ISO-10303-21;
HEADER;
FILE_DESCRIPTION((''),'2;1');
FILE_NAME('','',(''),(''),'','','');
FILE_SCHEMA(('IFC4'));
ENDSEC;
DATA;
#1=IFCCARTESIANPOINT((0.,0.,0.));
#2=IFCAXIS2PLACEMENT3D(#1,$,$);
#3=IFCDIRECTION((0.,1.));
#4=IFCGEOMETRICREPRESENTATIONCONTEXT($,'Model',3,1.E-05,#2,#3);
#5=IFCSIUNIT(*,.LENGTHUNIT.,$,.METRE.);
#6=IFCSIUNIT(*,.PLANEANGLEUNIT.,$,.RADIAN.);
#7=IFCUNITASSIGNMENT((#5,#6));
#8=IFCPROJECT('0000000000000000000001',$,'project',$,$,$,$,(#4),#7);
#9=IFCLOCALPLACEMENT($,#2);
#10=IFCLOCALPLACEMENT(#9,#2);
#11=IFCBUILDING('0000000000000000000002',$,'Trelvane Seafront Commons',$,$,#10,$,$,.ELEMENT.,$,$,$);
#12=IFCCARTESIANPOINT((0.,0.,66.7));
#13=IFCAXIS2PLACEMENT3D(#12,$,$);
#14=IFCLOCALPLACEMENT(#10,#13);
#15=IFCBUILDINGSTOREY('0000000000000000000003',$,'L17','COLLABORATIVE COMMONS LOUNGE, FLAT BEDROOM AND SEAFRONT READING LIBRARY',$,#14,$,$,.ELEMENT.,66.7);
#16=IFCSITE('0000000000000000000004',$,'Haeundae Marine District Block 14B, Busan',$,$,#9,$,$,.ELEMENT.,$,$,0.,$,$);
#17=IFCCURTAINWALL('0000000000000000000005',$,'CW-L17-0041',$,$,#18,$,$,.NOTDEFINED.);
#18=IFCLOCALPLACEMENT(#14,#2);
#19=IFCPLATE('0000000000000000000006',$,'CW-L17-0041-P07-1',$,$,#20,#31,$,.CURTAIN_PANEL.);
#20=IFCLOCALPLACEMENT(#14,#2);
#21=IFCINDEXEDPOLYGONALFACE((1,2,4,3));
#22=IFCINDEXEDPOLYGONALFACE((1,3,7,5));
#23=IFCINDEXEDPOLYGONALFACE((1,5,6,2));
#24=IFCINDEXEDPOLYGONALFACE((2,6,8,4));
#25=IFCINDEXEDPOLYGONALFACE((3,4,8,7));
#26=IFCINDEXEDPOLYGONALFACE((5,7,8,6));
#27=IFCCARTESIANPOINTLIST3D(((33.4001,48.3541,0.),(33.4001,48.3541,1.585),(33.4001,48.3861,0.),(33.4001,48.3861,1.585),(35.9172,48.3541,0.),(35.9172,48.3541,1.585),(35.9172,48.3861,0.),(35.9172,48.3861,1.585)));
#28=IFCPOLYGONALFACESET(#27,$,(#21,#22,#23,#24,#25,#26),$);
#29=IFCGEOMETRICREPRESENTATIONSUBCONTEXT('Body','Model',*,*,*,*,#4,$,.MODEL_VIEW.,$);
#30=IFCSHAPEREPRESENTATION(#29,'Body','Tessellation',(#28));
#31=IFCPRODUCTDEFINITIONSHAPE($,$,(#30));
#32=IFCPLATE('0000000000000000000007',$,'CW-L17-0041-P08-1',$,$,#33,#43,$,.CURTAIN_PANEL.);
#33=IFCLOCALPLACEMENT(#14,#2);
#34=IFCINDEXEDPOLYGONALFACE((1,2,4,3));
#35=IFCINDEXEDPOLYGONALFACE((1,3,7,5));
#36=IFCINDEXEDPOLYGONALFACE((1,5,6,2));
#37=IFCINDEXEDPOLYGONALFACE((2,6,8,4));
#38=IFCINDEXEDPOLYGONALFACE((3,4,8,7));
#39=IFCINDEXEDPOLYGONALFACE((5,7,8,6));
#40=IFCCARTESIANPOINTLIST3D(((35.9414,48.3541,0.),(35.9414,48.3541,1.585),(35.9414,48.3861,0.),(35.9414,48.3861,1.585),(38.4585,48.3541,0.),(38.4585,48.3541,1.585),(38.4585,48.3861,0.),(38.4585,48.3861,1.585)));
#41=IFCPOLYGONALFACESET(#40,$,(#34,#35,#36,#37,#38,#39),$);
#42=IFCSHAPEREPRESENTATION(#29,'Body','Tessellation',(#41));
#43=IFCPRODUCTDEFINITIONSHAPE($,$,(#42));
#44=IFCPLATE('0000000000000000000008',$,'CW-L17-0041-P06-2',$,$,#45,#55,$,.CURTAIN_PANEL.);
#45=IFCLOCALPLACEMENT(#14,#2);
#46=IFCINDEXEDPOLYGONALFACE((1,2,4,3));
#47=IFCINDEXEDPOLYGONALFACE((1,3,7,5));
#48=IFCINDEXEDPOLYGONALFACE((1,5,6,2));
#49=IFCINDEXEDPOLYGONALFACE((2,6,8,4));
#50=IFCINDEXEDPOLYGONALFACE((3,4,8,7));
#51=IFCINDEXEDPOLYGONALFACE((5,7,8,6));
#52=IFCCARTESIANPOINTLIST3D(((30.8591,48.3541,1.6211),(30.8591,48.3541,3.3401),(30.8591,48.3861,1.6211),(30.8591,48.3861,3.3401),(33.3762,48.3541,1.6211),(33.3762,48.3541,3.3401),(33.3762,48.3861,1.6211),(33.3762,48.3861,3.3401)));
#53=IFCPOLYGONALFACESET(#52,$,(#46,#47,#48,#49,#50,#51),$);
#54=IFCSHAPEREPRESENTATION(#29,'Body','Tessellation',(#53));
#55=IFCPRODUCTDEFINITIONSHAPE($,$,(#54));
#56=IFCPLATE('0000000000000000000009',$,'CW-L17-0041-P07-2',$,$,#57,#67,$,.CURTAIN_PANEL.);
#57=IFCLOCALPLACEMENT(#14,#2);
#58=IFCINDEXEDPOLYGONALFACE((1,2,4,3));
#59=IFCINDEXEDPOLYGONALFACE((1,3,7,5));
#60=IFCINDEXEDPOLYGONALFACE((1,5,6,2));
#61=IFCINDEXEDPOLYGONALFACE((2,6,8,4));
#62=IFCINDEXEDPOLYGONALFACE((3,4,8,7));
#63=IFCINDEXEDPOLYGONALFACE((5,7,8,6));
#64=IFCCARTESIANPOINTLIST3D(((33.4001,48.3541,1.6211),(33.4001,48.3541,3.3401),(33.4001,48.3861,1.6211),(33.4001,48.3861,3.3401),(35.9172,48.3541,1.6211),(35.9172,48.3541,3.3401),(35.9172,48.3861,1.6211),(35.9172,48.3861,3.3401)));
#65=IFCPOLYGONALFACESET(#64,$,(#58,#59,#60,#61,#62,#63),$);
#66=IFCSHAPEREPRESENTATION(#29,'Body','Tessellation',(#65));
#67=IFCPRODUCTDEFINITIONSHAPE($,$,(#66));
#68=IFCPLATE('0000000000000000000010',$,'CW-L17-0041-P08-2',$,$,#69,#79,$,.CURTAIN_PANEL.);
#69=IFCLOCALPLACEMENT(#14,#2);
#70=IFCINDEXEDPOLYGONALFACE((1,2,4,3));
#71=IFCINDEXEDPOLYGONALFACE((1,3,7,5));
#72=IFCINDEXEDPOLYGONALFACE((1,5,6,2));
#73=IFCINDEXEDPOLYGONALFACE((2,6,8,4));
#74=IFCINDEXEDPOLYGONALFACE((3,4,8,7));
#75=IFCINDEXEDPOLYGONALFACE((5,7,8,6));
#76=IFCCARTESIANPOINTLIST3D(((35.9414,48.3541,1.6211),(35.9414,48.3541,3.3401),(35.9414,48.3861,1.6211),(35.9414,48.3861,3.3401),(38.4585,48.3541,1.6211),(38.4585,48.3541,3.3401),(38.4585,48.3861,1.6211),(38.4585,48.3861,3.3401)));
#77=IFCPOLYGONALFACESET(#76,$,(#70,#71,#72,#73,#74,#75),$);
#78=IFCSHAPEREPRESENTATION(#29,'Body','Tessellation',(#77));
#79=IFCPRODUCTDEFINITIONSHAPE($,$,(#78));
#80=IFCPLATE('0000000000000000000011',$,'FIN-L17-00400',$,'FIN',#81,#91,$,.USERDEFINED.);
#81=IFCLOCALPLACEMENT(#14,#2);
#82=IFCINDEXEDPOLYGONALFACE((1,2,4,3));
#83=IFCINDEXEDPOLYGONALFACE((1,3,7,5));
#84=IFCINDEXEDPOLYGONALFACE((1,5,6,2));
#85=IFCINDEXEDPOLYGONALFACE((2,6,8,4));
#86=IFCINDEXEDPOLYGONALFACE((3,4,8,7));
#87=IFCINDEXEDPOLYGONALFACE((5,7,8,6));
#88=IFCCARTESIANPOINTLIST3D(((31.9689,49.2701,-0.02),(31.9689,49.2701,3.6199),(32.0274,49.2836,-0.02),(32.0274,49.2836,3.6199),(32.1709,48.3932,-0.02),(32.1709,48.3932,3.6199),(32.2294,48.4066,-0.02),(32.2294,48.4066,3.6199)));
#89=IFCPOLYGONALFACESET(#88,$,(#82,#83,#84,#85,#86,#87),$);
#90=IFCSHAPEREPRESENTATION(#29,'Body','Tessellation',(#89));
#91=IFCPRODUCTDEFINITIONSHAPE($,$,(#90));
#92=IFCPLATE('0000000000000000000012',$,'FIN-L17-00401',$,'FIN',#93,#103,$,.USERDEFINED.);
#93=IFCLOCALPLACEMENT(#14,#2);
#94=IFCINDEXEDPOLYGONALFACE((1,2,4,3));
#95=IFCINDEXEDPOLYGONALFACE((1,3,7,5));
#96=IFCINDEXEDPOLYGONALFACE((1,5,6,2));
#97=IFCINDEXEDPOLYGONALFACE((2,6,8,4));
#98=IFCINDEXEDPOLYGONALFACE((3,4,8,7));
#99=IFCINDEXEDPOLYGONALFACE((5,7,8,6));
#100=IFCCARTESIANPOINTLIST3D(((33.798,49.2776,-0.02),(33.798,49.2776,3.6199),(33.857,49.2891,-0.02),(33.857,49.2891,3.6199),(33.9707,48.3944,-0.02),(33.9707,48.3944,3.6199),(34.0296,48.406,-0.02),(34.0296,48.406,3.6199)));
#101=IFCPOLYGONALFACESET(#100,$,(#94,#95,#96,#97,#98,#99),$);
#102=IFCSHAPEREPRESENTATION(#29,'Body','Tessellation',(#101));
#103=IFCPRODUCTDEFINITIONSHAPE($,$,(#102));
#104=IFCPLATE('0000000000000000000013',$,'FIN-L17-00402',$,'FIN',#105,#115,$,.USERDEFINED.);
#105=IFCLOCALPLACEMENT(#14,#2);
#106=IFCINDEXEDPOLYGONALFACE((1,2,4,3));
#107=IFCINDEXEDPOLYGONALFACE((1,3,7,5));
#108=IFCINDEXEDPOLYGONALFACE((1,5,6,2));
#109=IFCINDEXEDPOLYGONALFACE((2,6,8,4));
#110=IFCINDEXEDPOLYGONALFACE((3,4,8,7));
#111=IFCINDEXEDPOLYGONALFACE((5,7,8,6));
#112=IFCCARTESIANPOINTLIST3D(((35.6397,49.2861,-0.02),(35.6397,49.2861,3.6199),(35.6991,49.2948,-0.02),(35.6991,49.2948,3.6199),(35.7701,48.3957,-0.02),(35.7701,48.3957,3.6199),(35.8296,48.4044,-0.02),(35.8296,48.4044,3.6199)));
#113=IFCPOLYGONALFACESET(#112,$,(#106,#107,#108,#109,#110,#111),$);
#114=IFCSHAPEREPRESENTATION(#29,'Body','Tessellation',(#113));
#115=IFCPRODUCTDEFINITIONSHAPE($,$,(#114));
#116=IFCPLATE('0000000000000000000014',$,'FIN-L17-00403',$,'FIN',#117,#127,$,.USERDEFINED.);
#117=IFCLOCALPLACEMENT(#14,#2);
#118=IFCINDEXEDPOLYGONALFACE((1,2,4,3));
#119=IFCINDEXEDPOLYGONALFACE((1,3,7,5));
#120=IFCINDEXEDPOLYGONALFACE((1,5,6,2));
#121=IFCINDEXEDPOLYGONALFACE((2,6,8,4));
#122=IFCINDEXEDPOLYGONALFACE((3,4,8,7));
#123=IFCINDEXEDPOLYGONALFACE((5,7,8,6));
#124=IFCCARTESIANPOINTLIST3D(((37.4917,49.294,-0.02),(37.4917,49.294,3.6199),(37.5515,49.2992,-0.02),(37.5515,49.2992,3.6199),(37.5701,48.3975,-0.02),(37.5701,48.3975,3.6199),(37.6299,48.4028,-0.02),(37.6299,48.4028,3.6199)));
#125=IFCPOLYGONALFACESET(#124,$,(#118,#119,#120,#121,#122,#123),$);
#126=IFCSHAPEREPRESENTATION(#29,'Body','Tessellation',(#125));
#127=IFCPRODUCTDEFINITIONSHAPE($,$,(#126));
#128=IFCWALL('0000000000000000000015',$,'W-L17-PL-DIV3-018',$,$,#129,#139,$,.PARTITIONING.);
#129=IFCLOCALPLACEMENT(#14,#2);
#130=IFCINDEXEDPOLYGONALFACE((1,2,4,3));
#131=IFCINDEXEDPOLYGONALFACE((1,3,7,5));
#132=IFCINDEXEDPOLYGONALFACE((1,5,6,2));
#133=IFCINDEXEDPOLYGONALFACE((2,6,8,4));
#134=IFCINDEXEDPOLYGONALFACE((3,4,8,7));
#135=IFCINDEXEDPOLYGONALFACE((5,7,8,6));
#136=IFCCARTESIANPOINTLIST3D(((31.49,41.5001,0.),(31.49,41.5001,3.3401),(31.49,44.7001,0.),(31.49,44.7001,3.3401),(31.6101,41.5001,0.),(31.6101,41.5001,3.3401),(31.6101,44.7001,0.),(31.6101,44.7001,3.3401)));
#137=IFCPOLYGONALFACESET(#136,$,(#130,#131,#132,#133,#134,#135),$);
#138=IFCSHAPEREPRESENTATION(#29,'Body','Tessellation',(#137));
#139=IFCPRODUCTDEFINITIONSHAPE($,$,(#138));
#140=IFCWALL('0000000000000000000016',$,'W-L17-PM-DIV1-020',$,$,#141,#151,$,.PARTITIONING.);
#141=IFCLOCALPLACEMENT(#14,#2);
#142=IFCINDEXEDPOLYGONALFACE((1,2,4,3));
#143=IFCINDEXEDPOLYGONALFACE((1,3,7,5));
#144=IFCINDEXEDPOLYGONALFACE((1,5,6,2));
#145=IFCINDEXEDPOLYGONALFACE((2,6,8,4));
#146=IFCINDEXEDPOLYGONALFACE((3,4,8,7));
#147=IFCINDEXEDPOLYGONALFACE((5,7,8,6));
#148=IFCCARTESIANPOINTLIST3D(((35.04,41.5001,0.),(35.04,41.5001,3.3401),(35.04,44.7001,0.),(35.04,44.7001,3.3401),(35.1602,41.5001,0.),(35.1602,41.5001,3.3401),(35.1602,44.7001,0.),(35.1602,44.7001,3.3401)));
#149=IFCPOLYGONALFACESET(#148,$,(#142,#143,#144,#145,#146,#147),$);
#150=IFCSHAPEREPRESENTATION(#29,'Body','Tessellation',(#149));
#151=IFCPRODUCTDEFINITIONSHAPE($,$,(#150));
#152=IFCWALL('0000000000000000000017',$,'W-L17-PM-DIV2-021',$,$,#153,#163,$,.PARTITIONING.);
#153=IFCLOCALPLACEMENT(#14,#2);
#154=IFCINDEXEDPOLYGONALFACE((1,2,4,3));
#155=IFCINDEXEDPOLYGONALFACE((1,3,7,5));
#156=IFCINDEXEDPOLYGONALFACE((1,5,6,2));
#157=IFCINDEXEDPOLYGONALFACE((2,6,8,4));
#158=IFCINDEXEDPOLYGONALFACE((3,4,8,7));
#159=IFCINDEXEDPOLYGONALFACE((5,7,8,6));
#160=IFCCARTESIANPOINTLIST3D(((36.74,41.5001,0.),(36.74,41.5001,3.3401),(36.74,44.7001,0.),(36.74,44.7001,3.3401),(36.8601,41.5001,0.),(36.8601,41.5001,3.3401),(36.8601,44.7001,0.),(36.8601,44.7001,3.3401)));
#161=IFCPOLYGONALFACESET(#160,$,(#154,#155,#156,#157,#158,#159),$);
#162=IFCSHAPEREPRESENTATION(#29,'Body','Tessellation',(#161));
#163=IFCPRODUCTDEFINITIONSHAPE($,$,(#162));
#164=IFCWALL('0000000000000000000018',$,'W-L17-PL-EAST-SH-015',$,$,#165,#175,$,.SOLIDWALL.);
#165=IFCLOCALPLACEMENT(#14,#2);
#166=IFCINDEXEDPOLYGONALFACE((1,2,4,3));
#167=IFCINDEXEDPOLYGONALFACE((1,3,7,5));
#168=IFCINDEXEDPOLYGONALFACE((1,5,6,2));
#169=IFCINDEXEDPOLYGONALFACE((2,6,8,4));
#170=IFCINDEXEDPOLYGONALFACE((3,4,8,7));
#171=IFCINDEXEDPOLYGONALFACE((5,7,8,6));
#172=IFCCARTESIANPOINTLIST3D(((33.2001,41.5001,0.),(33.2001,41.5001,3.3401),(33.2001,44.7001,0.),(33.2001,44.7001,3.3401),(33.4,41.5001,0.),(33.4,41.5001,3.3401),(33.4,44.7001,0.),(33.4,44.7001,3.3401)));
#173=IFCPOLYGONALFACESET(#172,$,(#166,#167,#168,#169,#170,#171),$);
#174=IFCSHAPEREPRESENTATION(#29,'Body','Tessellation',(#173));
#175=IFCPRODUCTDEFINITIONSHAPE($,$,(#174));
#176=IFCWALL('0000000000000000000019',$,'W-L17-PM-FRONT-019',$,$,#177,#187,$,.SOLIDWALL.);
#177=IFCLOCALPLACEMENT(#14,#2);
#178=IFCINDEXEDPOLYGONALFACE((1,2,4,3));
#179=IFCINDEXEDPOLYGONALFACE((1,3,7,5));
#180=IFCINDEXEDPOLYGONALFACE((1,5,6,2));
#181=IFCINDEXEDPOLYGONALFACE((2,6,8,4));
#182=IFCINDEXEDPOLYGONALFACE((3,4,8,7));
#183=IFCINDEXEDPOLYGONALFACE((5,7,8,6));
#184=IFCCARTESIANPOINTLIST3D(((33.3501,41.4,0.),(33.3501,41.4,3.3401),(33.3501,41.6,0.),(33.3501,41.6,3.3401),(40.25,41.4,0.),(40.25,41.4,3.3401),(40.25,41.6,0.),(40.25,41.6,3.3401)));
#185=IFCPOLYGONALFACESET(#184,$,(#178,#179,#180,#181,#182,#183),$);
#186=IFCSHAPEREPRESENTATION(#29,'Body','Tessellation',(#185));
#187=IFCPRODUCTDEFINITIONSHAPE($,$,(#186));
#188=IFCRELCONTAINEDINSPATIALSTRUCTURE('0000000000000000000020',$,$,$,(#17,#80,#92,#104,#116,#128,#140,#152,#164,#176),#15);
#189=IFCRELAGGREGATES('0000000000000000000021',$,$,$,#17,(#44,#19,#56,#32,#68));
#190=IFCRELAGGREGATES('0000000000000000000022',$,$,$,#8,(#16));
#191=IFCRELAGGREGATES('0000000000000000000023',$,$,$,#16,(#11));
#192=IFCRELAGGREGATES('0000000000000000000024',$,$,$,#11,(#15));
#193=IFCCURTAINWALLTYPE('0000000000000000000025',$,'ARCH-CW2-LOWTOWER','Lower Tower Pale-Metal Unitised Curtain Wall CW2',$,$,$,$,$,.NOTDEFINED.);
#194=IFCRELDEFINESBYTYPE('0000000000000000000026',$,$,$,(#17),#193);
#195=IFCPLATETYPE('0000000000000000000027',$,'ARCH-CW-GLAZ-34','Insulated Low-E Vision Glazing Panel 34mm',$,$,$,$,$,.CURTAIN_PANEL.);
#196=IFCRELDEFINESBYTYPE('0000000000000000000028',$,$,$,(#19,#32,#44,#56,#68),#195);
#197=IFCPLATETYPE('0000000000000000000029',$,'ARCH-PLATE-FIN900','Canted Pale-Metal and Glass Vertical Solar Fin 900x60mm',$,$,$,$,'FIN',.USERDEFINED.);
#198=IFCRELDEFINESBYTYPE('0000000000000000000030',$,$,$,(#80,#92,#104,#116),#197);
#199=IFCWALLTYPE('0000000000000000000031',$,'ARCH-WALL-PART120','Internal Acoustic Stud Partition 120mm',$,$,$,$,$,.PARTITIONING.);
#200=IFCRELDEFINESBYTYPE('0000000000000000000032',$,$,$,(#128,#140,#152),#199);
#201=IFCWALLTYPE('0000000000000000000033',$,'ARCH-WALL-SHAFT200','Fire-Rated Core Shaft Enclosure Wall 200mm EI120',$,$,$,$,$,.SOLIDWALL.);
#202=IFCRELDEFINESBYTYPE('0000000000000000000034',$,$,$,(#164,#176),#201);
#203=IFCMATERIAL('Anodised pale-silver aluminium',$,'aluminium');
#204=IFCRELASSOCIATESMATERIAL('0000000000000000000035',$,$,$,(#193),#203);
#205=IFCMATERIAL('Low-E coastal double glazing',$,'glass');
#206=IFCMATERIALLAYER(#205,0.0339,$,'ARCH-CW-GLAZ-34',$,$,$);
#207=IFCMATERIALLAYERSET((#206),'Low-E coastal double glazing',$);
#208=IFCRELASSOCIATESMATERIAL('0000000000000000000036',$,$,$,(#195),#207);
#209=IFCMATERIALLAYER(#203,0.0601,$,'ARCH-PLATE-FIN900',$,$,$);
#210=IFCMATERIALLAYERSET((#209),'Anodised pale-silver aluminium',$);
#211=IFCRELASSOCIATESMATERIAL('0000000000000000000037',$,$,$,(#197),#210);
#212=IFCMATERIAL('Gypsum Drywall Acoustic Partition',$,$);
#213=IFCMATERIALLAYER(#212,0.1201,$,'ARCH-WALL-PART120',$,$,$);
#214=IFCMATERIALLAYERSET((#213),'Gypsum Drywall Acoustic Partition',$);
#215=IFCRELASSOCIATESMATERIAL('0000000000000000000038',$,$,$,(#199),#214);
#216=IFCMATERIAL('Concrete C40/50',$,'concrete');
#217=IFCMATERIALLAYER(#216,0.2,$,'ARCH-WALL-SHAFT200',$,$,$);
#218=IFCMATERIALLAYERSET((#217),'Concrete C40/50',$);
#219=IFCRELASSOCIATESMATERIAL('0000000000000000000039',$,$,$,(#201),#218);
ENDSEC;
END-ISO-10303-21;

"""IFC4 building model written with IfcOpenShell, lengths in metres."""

from ifc_helpers import new_model, si_unit, direction, frame, frame_2d, origin, origin_2d, place, context, subcontext, project, spatial, rectangle, extrude, source, transform, mapped, material, layer, layer_set, type_object, element, aggregate, save


model = new_model("IFC4")

# Units and contexts
model_context = context("Model", 3, precision=1e-05, world=origin(), true_north=direction((0.0, 1.0)))
body_context = subcontext(model_context, "Body", "Model", "MODEL_VIEW")
ifc_project = project(units=[si_unit("LENGTHUNIT", "METRE"), si_unit("PLANEANGLEUNIT", "RADIAN")], contexts=[model_context])

# Site, building, storey
site_placement = place(None, origin())
site = spatial("IfcSite", under=ifc_project, at=site_placement, Name="Haeundae Marine District Block 14B, Busan", CompositionType="ELEMENT", RefElevation=0.0)
building_placement = place(site_placement, origin())
building = spatial("IfcBuilding", under=site, at=building_placement, Name="Trelvane Seafront Commons", CompositionType="ELEMENT")
storey_placement = place(building_placement, frame((0.0, 0.0, 66.7)))
storey = spatial("IfcBuildingStorey", under=building, at=storey_placement, Name="L17", Description="COLLABORATIVE COMMONS LOUNGE, FLAT BEDROOM AND SEAFRONT READING LIBRARY", CompositionType="ELEMENT", Elevation=66.7)

# Curtain wall, plates
ifc_material_1 = material(Name="Anodised pale-silver aluminium", Category="aluminium")
curtain_wall_type = type_object("IfcCurtainWallType", Name="ARCH-CW2-LOWTOWER", Description="Lower Tower Pale-Metal Unitised Curtain Wall CW2", PredefinedType="NOTDEFINED", material=ifc_material_1)
curtain_wall_placement = place(storey_placement, origin())
curtain_wall = element("IfcCurtainWall", 1, at=curtain_wall_placement, inside=storey, type_object=curtain_wall_type, Name="CW-L17-0041", PredefinedType="NOTDEFINED")
ifc_material_2 = material(Name="Low-E coastal double glazing", Category="glass")
ifc_layer_1 = layer(ifc_material_2, 0.0339, Name="ARCH-CW-GLAZ-34")
ifc_layer_set_1 = layer_set([ifc_layer_1], Name="Low-E coastal double glazing")
plate_type_1 = type_object("IfcPlateType", Name="ARCH-CW-GLAZ-34", Description="Insulated Low-E Vision Glazing Panel 34mm", PredefinedType="CURTAIN_PANEL", material=ifc_layer_set_1)
shared_shape_1 = source(origin(), body_context, "Body", "SweptSolid", [
    extrude(rectangle(XDim=2.5171, YDim=0.032, at=origin_2d()), origin(), (0.0, 0.0, 1.0), 1.585),
])
plate_1_placement = place(storey_placement, frame((34.6587, 48.3701, 0.0), z_axis=(0.0, 0.0, 1.0), x_axis=(1.0, 0.0, 0.0)))
plate_1 = element("IfcPlate", 2, at=plate_1_placement, type_object=plate_type_1, Name="CW-L17-0041-P07-1", PredefinedType="CURTAIN_PANEL", context=body_context, shape_type="MappedRepresentation", body=[
    mapped(shared_shape_1, transform((0.0, 0.0, 0.0), x_axis=(1.0, 0.0, 0.0), y_axis=(0.0, 1.0, 0.0), z_axis=(0.0, 0.0, 1.0), scale=1.0)),
])
plate_2_placement = place(storey_placement, frame((37.2, 48.3701, 0.0), z_axis=(0.0, 0.0, 1.0), x_axis=(1.0, 0.0, 0.0)))
plate_2 = element("IfcPlate", 3, at=plate_2_placement, type_object=plate_type_1, Name="CW-L17-0041-P08-1", PredefinedType="CURTAIN_PANEL", context=body_context, shape_type="MappedRepresentation", body=[
    mapped(shared_shape_1, transform((0.0, 0.0, 0.0), x_axis=(1.0, 0.0, 0.0), y_axis=(0.0, 1.0, 0.0), z_axis=(0.0, 0.0, 1.0), scale=1.0)),
])
shared_shape_2 = source(origin(), body_context, "Body", "SweptSolid", [
    extrude(rectangle(XDim=2.5171, YDim=0.032, at=origin_2d()), origin(), (0.0, 0.0, 1.0), 1.719),
])
plate_3_placement = place(storey_placement, frame((32.1177, 48.3701, 1.6211), z_axis=(0.0, 0.0, 1.0), x_axis=(1.0, 0.0, 0.0)))
plate_3 = element("IfcPlate", 4, at=plate_3_placement, type_object=plate_type_1, Name="CW-L17-0041-P06-2", PredefinedType="CURTAIN_PANEL", context=body_context, shape_type="MappedRepresentation", body=[
    mapped(shared_shape_2, transform((0.0, 0.0, 0.0), x_axis=(1.0, 0.0, 0.0), y_axis=(0.0, 1.0, 0.0), z_axis=(0.0, 0.0, 1.0), scale=1.0)),
])
plate_4_placement = place(storey_placement, frame((34.6587, 48.3701, 1.6211), z_axis=(0.0, 0.0, 1.0), x_axis=(1.0, 0.0, 0.0)))
plate_4 = element("IfcPlate", 5, at=plate_4_placement, type_object=plate_type_1, Name="CW-L17-0041-P07-2", PredefinedType="CURTAIN_PANEL", context=body_context, shape_type="MappedRepresentation", body=[
    mapped(shared_shape_2, transform((0.0, 0.0, 0.0), x_axis=(1.0, 0.0, 0.0), y_axis=(0.0, 1.0, 0.0), z_axis=(0.0, 0.0, 1.0), scale=1.0)),
])
plate_5_placement = place(storey_placement, frame((37.2, 48.3701, 1.6211), z_axis=(0.0, 0.0, 1.0), x_axis=(1.0, 0.0, 0.0)))
plate_5 = element("IfcPlate", 6, at=plate_5_placement, type_object=plate_type_1, Name="CW-L17-0041-P08-2", PredefinedType="CURTAIN_PANEL", context=body_context, shape_type="MappedRepresentation", body=[
    mapped(shared_shape_2, transform((0.0, 0.0, 0.0), x_axis=(1.0, 0.0, 0.0), y_axis=(0.0, 1.0, 0.0), z_axis=(0.0, 0.0, 1.0), scale=1.0)),
])
aggregate(curtain_wall, [plate_3, plate_1, plate_4, plate_2, plate_5])

# Plates
ifc_layer_2 = layer(ifc_material_1, 0.0601, Name="ARCH-PLATE-FIN900")
ifc_layer_set_2 = layer_set([ifc_layer_2], Name="Anodised pale-silver aluminium")
plate_type_2 = type_object("IfcPlateType", Name="ARCH-PLATE-FIN900", Description="Canted Pale-Metal and Glass Vertical Solar Fin 900x60mm", ElementType="FIN", PredefinedType="USERDEFINED", material=ifc_layer_set_2)
shared_shape_3 = source(origin(), body_context, "Body", "SweptSolid", [
    extrude(rectangle(XDim=0.8999, YDim=0.0601, at=origin_2d()), origin(), (0.0, 0.0, 1.0), 3.6399),
])
for number, where, z_axis, x_axis, name in (
    (7, (32.0991, 48.8384, -0.02), (0.0, 0.0, 1.0), (-0.224454, 0.974485, 0.0), "FIN-L17-00400"),
    (8, (33.9138, 48.8418, -0.02), (0.0, 0.0, 1.0), (-0.191883, 0.981418, 0.0), "FIN-L17-00401"),
    (9, (35.7346, 48.8452, -0.02), (0.0, 0.0, 1.0), (-0.144999, 0.989432, 0.0), "FIN-L17-00402"),
    (10, (37.5608, 48.8484, -0.02), (0.0, 0.0, 1.0), (-0.087109, 0.996199, 0.0), "FIN-L17-00403"),
):
    element("IfcPlate", number, at=place(storey_placement, frame(where, z_axis=z_axis, x_axis=x_axis)), inside=storey, type_object=plate_type_2, Name=name, ObjectType="FIN", PredefinedType="USERDEFINED", context=body_context, shape_type="MappedRepresentation", body=[
        mapped(shared_shape_3, transform((0.0, 0.0, 0.0), x_axis=(1.0, 0.0, 0.0), y_axis=(0.0, 1.0, 0.0), z_axis=(0.0, 0.0, 1.0), scale=1.0)),
    ])

# Walls
ifc_material_3 = material(Name="Gypsum Drywall Acoustic Partition")
ifc_layer_3 = layer(ifc_material_3, 0.1201, Name="ARCH-WALL-PART120")
ifc_layer_set_3 = layer_set([ifc_layer_3], Name="Gypsum Drywall Acoustic Partition")
wall_type_1 = type_object("IfcWallType", Name="ARCH-WALL-PART120", Description="Internal Acoustic Stud Partition 120mm", PredefinedType="PARTITIONING", material=ifc_layer_set_3)
for number, where, z_axis, x_axis, name in (
    (11, (31.55, 41.5, 0.0), (0.0, 0.0, 1.0), (0.0, 1.0, 0.0), "W-L17-PL-DIV3-018"),
    (12, (35.1001, 41.5, 0.0), (0.0, 0.0, 1.0), (0.0, 1.0, 0.0), "W-L17-PM-DIV1-020"),
    (13, (36.8, 41.5, 0.0), (0.0, 0.0, 1.0), (0.0, 1.0, 0.0), "W-L17-PM-DIV2-021"),
):
    element("IfcWall", number, at=place(storey_placement, frame(where, z_axis=z_axis, x_axis=x_axis)), inside=storey, type_object=wall_type_1, Name=name, PredefinedType="PARTITIONING", context=body_context, shape_type="SweptSolid", body=[
        extrude(rectangle(XDim=3.2, YDim=0.1201, at=frame_2d((1.6001, 0.0))), origin(), (0.0, 0.0, 1.0), 3.3401),
    ])

# Walls
ifc_material_4 = material(Name="Concrete C40/50", Category="concrete")
ifc_layer_4 = layer(ifc_material_4, 0.2, Name="ARCH-WALL-SHAFT200")
ifc_layer_set_4 = layer_set([ifc_layer_4], Name="Concrete C40/50")
wall_type_2 = type_object("IfcWallType", Name="ARCH-WALL-SHAFT200", Description="Fire-Rated Core Shaft Enclosure Wall 200mm EI120", PredefinedType="SOLIDWALL", material=ifc_layer_set_4)
wall_1_placement = place(storey_placement, frame((33.3, 41.5, 0.0), z_axis=(0.0, 0.0, 1.0), x_axis=(0.0, 1.0, 0.0)))
element("IfcWall", 14, at=wall_1_placement, inside=storey, type_object=wall_type_2, Name="W-L17-PL-EAST-SH-015", PredefinedType="SOLIDWALL", context=body_context, shape_type="SweptSolid", body=[
    extrude(rectangle(XDim=3.2, YDim=0.2, at=frame_2d((1.6001, 0.0))), origin(), (0.0, 0.0, 1.0), 3.3401),
])
wall_2_placement = place(storey_placement, frame((33.3501, 41.5, 0.0), z_axis=(0.0, 0.0, 1.0), x_axis=(1.0, 0.0, 0.0)))
element("IfcWall", 15, at=wall_2_placement, inside=storey, type_object=wall_type_2, Name="W-L17-PM-FRONT-019", PredefinedType="SOLIDWALL", context=body_context, shape_type="SweptSolid", body=[
    extrude(rectangle(XDim=6.8999, YDim=0.2, at=frame_2d((3.45, 0.0))), origin(), (0.0, 0.0, 1.0), 3.3401),
])

save(model, "model.ifc")
